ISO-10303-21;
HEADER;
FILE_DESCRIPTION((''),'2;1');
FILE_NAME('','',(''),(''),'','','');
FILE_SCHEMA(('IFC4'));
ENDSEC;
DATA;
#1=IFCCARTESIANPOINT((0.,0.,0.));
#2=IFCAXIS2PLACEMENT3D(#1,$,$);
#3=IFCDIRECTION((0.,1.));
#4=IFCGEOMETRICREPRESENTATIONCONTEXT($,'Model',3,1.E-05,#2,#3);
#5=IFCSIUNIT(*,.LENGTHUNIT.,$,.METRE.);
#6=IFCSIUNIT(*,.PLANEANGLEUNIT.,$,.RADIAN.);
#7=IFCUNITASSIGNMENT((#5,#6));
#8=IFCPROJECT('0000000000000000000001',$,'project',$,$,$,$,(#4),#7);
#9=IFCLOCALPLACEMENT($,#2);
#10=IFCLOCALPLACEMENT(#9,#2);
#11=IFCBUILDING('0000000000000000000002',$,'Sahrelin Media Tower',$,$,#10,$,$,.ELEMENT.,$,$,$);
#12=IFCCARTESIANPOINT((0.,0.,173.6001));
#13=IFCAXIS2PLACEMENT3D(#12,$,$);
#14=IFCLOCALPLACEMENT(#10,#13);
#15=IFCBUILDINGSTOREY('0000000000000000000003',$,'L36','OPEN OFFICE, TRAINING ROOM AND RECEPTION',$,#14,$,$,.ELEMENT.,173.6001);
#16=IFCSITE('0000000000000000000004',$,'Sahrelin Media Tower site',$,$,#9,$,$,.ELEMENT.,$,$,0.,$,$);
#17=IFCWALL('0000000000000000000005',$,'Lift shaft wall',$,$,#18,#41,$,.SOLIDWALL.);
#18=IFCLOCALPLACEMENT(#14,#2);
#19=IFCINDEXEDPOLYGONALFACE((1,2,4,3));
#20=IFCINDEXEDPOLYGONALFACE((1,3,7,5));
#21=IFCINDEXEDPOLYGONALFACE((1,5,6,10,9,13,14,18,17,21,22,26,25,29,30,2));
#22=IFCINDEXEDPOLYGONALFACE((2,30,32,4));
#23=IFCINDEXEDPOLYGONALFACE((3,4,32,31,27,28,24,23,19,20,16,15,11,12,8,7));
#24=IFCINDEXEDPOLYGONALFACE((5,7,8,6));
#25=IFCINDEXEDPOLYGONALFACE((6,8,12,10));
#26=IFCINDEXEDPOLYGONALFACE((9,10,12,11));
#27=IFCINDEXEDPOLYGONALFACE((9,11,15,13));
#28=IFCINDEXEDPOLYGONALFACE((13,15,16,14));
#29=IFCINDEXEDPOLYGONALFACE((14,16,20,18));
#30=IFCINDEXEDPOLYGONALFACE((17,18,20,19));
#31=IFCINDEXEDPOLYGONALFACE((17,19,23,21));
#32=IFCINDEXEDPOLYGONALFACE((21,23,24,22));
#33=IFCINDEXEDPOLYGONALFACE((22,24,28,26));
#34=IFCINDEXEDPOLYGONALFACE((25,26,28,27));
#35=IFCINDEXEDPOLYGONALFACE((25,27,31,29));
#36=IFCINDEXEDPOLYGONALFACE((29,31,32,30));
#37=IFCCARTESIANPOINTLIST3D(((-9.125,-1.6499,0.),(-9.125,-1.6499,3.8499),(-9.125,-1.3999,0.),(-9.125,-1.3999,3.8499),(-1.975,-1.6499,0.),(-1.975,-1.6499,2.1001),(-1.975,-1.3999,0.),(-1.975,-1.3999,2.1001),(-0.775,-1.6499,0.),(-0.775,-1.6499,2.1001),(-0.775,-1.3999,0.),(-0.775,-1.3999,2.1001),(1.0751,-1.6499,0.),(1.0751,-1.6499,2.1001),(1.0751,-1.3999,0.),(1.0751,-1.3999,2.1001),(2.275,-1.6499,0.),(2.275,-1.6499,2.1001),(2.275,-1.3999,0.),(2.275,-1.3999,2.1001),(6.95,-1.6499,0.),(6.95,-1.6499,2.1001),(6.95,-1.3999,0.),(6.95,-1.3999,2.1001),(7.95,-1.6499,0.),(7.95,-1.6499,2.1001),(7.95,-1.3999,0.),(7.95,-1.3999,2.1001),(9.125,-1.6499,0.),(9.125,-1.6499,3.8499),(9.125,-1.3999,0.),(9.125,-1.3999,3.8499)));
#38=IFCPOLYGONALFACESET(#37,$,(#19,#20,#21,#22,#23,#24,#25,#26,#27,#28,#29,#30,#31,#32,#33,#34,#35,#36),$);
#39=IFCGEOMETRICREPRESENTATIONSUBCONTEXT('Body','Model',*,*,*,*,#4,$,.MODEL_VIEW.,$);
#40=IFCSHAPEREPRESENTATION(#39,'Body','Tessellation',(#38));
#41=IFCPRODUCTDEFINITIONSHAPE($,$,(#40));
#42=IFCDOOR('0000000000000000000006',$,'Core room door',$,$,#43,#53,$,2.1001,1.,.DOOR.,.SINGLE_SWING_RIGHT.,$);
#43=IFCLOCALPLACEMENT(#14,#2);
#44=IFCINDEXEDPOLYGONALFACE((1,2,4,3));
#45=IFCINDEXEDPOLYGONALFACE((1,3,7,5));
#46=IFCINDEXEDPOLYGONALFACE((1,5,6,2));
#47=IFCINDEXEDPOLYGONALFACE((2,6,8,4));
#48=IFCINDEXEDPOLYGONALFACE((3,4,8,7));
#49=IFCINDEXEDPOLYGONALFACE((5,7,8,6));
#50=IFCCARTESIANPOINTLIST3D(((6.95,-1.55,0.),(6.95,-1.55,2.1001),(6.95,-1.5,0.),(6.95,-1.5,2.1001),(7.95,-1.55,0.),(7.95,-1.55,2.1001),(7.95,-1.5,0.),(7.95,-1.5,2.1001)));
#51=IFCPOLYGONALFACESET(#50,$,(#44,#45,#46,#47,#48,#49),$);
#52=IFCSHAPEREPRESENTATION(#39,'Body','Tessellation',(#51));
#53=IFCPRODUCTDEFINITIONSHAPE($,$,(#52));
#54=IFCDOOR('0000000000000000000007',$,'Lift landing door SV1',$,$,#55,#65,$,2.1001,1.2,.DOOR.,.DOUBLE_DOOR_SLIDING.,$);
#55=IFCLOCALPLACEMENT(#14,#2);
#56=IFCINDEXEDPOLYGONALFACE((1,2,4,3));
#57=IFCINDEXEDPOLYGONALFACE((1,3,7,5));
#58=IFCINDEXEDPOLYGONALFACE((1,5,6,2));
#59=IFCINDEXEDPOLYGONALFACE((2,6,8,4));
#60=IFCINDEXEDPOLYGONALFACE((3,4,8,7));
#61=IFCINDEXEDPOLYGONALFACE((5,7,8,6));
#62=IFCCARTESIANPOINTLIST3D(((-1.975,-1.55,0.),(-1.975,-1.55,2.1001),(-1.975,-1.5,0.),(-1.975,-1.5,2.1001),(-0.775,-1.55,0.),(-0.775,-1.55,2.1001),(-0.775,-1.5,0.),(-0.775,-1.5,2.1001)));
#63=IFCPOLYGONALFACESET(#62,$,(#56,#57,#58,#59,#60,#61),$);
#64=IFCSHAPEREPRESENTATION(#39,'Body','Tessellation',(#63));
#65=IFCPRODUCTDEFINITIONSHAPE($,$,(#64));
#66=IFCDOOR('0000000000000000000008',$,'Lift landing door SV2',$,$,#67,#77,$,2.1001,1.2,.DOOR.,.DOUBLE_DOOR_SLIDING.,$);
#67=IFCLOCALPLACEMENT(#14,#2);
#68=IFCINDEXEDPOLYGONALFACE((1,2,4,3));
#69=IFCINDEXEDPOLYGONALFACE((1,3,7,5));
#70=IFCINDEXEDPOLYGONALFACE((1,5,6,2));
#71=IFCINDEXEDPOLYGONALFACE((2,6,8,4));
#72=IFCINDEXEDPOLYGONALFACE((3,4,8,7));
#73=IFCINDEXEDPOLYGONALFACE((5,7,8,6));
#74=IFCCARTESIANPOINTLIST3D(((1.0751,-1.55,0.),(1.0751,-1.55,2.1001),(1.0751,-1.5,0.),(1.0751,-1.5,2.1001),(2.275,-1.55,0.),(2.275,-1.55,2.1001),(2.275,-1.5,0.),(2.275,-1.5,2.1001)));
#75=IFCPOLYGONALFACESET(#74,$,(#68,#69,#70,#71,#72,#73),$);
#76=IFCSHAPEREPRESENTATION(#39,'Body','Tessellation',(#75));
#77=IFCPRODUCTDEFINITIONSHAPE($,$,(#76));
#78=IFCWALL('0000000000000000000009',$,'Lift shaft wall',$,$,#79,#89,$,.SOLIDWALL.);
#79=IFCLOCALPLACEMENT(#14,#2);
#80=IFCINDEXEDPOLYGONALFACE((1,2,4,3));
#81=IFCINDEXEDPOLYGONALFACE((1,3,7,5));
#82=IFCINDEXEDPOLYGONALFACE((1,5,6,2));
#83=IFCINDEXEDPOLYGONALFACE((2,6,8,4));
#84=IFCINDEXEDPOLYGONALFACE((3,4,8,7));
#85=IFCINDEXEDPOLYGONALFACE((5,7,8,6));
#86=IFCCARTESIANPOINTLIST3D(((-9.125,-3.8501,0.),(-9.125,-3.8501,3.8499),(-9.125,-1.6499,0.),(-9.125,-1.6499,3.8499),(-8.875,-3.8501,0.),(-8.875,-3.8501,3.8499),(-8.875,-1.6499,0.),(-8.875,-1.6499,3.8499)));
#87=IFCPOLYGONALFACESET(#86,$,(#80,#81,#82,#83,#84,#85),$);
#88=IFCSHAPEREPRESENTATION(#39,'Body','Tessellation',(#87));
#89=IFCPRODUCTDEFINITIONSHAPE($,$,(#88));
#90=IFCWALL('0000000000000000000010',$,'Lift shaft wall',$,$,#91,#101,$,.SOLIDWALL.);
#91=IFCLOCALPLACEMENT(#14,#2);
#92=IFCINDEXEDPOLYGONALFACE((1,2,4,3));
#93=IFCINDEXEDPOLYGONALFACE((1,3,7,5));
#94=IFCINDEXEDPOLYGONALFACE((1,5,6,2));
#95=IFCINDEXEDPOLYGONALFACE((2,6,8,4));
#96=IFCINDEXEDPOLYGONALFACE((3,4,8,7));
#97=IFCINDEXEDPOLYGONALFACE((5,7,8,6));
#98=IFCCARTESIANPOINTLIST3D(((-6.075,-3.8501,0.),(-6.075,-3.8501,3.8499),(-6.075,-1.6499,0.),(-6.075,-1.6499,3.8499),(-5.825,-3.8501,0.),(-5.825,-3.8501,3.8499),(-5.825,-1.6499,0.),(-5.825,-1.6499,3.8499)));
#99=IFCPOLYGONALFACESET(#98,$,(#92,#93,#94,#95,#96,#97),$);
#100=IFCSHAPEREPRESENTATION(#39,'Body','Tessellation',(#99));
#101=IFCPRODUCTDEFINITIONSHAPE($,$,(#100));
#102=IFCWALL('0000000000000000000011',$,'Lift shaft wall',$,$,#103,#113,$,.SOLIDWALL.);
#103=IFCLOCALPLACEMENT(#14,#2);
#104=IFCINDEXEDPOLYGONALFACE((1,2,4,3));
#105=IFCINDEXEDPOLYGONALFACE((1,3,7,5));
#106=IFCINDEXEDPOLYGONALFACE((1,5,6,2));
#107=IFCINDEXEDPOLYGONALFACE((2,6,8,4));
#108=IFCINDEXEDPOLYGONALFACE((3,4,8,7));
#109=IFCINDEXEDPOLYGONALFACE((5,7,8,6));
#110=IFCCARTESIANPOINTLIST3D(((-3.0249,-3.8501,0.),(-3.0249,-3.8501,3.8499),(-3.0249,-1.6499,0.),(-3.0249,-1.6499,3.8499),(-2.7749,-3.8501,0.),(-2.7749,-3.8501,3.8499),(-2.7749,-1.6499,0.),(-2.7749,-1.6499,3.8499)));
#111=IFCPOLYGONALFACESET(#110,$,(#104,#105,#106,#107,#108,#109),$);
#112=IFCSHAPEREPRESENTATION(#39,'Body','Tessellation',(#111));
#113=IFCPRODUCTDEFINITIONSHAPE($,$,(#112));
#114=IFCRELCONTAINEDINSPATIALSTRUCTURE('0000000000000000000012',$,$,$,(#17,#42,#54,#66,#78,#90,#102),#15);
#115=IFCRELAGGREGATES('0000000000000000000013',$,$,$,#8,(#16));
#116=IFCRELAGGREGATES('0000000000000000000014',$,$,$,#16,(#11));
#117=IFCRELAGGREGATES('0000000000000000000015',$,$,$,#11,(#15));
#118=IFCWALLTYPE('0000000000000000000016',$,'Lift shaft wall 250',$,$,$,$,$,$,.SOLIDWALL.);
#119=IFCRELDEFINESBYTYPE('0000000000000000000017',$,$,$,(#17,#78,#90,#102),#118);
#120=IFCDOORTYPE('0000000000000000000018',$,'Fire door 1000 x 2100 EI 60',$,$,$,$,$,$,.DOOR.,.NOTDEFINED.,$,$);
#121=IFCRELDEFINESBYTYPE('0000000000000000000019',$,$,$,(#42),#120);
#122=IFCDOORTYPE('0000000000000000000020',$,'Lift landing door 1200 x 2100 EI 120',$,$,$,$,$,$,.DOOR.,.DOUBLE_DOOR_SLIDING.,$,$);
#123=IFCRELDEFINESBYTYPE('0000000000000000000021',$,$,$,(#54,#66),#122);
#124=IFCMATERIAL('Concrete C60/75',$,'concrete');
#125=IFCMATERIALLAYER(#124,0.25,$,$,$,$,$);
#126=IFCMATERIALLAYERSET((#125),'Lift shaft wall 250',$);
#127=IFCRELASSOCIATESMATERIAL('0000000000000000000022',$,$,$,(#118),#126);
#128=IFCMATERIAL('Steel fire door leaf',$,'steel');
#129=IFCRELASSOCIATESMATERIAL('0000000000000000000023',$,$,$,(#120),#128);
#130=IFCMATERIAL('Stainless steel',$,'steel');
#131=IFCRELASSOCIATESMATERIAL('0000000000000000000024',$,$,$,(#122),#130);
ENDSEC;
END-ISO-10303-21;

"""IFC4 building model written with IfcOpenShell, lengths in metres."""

from ifc_helpers import new_model, si_unit, direction, frame, frame_2d, origin, place, context, subcontext, project, spatial, rectangle, extrude, material, layer, layer_set, type_object, element, fill, save


model = new_model("IFC4")

# Units and contexts
model_context = context("Model", 3, precision=1e-05, world=origin(), true_north=direction((0.0, 1.0)))
body_context = subcontext(model_context, "Body", "Model", "MODEL_VIEW")
ifc_project = project(units=[si_unit("LENGTHUNIT", "METRE"), si_unit("PLANEANGLEUNIT", "RADIAN")], contexts=[model_context])

# Site, building, storey
site_placement = place(None, origin())
site = spatial("IfcSite", under=ifc_project, at=site_placement, Name="Sahrelin Media Tower site", CompositionType="ELEMENT", RefElevation=0.0)
building_placement = place(site_placement, origin())
building = spatial("IfcBuilding", under=site, at=building_placement, Name="Sahrelin Media Tower", CompositionType="ELEMENT")
storey_placement = place(building_placement, frame((0.0, 0.0, 173.6001)))
storey = spatial("IfcBuildingStorey", under=building, at=storey_placement, Name="L36", Description="OPEN OFFICE, TRAINING ROOM AND RECEPTION", CompositionType="ELEMENT", Elevation=173.6001)

# Shared definitions
ifc_material_1 = material(Name="Steel fire door leaf", Category="steel")

# Wall, openings, doors
ifc_material_2 = material(Name="Concrete C60/75", Category="concrete")
ifc_layer_1 = layer(ifc_material_2, 0.25)
ifc_layer_set_1 = layer_set([ifc_layer_1], Name="Lift shaft wall 250")
wall_type_1 = type_object("IfcWallType", Name="Lift shaft wall 250", PredefinedType="SOLIDWALL", material=ifc_layer_set_1)
wall_1_placement = place(storey_placement, frame((-9.125, -1.5249, 0.0), z_axis=(0.0, 0.0, 1.0), x_axis=(1.0, 0.0, 0.0)))
wall_1 = element("IfcWall", 1, at=wall_1_placement, inside=storey, type_object=wall_type_1, Name="Lift shaft wall", PredefinedType="SOLIDWALL", context=body_context, shape_type="SweptSolid", body=[
    extrude(rectangle(XDim=18.25, YDim=0.25, at=frame_2d((9.125, 0.0))), origin(), (0.0, 0.0, 1.0), 3.8499),
])
opening_1_placement = place(wall_1_placement, frame((7.1499, 0.0, 0.0)))
opening_1 = element("IfcOpeningElement", 2, at=opening_1_placement, cuts=wall_1, PredefinedType="OPENING", context=body_context, shape_type="SweptSolid", body=[
    extrude(rectangle(XDim=1.2, YDim=2.1001, at=frame_2d((0.6001, 1.05))), frame((0.0, 0.125, 0.0), z_axis=(0.0, -1.0, 0.0), x_axis=(1.0, 0.0, 0.0)), (0.0, 0.0, 1.0), 0.25),
])
opening_2_placement = place(wall_1_placement, frame((10.2, 0.0, 0.0)))
opening_2 = element("IfcOpeningElement", 3, at=opening_2_placement, cuts=wall_1, PredefinedType="OPENING", context=body_context, shape_type="SweptSolid", body=[
    extrude(rectangle(XDim=1.2, YDim=2.1001, at=frame_2d((0.6001, 1.05))), frame((0.0, 0.125, 0.0), z_axis=(0.0, -1.0, 0.0), x_axis=(1.0, 0.0, 0.0)), (0.0, 0.0, 1.0), 0.25),
])
opening_3_placement = place(wall_1_placement, frame((16.075, 0.0, 0.0)))
opening_3 = element("IfcOpeningElement", 4, at=opening_3_placement, cuts=wall_1, PredefinedType="OPENING", context=body_context, shape_type="SweptSolid", body=[
    extrude(rectangle(XDim=1.0, YDim=2.1001, at=frame_2d((0.5, 1.05))), frame((0.0, 0.125, 0.0), z_axis=(0.0, -1.0, 0.0), x_axis=(1.0, 0.0, 0.0)), (0.0, 0.0, 1.0), 0.25),
])
door_type_1 = type_object("IfcDoorType", Name="Fire door 1000 x 2100 EI 60", OperationType="NOTDEFINED", PredefinedType="DOOR", material=ifc_material_1)
door_1_placement = place(opening_3_placement, origin())
door_1 = element("IfcDoor", 5, at=door_1_placement, inside=storey, type_object=door_type_1, Name="Core room door", OperationType="SINGLE_SWING_RIGHT", OverallHeight=2.1001, OverallWidth=1.0, PredefinedType="DOOR", context=body_context, shape_type="SweptSolid", body=[
    extrude(rectangle(XDim=1.0, YDim=2.1001, at=frame_2d((0.5, 1.05))), frame((0.0, 0.0249, 0.0), z_axis=(0.0, -1.0, 0.0), x_axis=(1.0, 0.0, 0.0)), (0.0, 0.0, 1.0), 0.05),
])
fill(opening_3, door_1)
ifc_material_3 = material(Name="Stainless steel", Category="steel")
door_type_2 = type_object("IfcDoorType", Name="Lift landing door 1200 x 2100 EI 120", OperationType="DOUBLE_DOOR_SLIDING", PredefinedType="DOOR", material=ifc_material_3)
door_2_placement = place(opening_1_placement, origin())
door_2 = element("IfcDoor", 6, at=door_2_placement, inside=storey, type_object=door_type_2, Name="Lift landing door SV1", OperationType="DOUBLE_DOOR_SLIDING", OverallHeight=2.1001, OverallWidth=1.2, PredefinedType="DOOR", context=body_context, shape_type="SweptSolid", body=[
    extrude(rectangle(XDim=1.2, YDim=2.1001, at=frame_2d((0.6001, 1.05))), frame((0.0, 0.0249, 0.0), z_axis=(0.0, -1.0, 0.0), x_axis=(1.0, 0.0, 0.0)), (0.0, 0.0, 1.0), 0.05),
])
fill(opening_1, door_2)
door_3_placement = place(opening_2_placement, origin())
door_3 = element("IfcDoor", 7, at=door_3_placement, inside=storey, type_object=door_type_2, Name="Lift landing door SV2", OperationType="DOUBLE_DOOR_SLIDING", OverallHeight=2.1001, OverallWidth=1.2, PredefinedType="DOOR", context=body_context, shape_type="SweptSolid", body=[
    extrude(rectangle(XDim=1.2, YDim=2.1001, at=frame_2d((0.6001, 1.05))), frame((0.0, 0.0249, 0.0), z_axis=(0.0, -1.0, 0.0), x_axis=(1.0, 0.0, 0.0)), (0.0, 0.0, 1.0), 0.05),
])
fill(opening_2, door_3)

# Walls
for number, where, z_axis, x_axis, name in (
    (8, (-9.0, -3.8501, 0.0), (0.0, 0.0, 1.0), (0.0, 1.0, 0.0), "Lift shaft wall"),
    (9, (-5.95, -3.8501, 0.0), (0.0, 0.0, 1.0), (0.0, 1.0, 0.0), "Lift shaft wall"),
    (10, (-2.8999, -3.8501, 0.0), (0.0, 0.0, 1.0), (0.0, 1.0, 0.0), "Lift shaft wall"),
):
    element("IfcWall", number, at=place(storey_placement, frame(where, z_axis=z_axis, x_axis=x_axis)), inside=storey, type_object=wall_type_1, Name=name, PredefinedType="SOLIDWALL", context=body_context, shape_type="SweptSolid", body=[
        extrude(rectangle(XDim=2.2002, YDim=0.25, at=frame_2d((1.1001, 0.0))), origin(), (0.0, 0.0, 1.0), 3.8499),
    ])

save(model, "model.ifc")
